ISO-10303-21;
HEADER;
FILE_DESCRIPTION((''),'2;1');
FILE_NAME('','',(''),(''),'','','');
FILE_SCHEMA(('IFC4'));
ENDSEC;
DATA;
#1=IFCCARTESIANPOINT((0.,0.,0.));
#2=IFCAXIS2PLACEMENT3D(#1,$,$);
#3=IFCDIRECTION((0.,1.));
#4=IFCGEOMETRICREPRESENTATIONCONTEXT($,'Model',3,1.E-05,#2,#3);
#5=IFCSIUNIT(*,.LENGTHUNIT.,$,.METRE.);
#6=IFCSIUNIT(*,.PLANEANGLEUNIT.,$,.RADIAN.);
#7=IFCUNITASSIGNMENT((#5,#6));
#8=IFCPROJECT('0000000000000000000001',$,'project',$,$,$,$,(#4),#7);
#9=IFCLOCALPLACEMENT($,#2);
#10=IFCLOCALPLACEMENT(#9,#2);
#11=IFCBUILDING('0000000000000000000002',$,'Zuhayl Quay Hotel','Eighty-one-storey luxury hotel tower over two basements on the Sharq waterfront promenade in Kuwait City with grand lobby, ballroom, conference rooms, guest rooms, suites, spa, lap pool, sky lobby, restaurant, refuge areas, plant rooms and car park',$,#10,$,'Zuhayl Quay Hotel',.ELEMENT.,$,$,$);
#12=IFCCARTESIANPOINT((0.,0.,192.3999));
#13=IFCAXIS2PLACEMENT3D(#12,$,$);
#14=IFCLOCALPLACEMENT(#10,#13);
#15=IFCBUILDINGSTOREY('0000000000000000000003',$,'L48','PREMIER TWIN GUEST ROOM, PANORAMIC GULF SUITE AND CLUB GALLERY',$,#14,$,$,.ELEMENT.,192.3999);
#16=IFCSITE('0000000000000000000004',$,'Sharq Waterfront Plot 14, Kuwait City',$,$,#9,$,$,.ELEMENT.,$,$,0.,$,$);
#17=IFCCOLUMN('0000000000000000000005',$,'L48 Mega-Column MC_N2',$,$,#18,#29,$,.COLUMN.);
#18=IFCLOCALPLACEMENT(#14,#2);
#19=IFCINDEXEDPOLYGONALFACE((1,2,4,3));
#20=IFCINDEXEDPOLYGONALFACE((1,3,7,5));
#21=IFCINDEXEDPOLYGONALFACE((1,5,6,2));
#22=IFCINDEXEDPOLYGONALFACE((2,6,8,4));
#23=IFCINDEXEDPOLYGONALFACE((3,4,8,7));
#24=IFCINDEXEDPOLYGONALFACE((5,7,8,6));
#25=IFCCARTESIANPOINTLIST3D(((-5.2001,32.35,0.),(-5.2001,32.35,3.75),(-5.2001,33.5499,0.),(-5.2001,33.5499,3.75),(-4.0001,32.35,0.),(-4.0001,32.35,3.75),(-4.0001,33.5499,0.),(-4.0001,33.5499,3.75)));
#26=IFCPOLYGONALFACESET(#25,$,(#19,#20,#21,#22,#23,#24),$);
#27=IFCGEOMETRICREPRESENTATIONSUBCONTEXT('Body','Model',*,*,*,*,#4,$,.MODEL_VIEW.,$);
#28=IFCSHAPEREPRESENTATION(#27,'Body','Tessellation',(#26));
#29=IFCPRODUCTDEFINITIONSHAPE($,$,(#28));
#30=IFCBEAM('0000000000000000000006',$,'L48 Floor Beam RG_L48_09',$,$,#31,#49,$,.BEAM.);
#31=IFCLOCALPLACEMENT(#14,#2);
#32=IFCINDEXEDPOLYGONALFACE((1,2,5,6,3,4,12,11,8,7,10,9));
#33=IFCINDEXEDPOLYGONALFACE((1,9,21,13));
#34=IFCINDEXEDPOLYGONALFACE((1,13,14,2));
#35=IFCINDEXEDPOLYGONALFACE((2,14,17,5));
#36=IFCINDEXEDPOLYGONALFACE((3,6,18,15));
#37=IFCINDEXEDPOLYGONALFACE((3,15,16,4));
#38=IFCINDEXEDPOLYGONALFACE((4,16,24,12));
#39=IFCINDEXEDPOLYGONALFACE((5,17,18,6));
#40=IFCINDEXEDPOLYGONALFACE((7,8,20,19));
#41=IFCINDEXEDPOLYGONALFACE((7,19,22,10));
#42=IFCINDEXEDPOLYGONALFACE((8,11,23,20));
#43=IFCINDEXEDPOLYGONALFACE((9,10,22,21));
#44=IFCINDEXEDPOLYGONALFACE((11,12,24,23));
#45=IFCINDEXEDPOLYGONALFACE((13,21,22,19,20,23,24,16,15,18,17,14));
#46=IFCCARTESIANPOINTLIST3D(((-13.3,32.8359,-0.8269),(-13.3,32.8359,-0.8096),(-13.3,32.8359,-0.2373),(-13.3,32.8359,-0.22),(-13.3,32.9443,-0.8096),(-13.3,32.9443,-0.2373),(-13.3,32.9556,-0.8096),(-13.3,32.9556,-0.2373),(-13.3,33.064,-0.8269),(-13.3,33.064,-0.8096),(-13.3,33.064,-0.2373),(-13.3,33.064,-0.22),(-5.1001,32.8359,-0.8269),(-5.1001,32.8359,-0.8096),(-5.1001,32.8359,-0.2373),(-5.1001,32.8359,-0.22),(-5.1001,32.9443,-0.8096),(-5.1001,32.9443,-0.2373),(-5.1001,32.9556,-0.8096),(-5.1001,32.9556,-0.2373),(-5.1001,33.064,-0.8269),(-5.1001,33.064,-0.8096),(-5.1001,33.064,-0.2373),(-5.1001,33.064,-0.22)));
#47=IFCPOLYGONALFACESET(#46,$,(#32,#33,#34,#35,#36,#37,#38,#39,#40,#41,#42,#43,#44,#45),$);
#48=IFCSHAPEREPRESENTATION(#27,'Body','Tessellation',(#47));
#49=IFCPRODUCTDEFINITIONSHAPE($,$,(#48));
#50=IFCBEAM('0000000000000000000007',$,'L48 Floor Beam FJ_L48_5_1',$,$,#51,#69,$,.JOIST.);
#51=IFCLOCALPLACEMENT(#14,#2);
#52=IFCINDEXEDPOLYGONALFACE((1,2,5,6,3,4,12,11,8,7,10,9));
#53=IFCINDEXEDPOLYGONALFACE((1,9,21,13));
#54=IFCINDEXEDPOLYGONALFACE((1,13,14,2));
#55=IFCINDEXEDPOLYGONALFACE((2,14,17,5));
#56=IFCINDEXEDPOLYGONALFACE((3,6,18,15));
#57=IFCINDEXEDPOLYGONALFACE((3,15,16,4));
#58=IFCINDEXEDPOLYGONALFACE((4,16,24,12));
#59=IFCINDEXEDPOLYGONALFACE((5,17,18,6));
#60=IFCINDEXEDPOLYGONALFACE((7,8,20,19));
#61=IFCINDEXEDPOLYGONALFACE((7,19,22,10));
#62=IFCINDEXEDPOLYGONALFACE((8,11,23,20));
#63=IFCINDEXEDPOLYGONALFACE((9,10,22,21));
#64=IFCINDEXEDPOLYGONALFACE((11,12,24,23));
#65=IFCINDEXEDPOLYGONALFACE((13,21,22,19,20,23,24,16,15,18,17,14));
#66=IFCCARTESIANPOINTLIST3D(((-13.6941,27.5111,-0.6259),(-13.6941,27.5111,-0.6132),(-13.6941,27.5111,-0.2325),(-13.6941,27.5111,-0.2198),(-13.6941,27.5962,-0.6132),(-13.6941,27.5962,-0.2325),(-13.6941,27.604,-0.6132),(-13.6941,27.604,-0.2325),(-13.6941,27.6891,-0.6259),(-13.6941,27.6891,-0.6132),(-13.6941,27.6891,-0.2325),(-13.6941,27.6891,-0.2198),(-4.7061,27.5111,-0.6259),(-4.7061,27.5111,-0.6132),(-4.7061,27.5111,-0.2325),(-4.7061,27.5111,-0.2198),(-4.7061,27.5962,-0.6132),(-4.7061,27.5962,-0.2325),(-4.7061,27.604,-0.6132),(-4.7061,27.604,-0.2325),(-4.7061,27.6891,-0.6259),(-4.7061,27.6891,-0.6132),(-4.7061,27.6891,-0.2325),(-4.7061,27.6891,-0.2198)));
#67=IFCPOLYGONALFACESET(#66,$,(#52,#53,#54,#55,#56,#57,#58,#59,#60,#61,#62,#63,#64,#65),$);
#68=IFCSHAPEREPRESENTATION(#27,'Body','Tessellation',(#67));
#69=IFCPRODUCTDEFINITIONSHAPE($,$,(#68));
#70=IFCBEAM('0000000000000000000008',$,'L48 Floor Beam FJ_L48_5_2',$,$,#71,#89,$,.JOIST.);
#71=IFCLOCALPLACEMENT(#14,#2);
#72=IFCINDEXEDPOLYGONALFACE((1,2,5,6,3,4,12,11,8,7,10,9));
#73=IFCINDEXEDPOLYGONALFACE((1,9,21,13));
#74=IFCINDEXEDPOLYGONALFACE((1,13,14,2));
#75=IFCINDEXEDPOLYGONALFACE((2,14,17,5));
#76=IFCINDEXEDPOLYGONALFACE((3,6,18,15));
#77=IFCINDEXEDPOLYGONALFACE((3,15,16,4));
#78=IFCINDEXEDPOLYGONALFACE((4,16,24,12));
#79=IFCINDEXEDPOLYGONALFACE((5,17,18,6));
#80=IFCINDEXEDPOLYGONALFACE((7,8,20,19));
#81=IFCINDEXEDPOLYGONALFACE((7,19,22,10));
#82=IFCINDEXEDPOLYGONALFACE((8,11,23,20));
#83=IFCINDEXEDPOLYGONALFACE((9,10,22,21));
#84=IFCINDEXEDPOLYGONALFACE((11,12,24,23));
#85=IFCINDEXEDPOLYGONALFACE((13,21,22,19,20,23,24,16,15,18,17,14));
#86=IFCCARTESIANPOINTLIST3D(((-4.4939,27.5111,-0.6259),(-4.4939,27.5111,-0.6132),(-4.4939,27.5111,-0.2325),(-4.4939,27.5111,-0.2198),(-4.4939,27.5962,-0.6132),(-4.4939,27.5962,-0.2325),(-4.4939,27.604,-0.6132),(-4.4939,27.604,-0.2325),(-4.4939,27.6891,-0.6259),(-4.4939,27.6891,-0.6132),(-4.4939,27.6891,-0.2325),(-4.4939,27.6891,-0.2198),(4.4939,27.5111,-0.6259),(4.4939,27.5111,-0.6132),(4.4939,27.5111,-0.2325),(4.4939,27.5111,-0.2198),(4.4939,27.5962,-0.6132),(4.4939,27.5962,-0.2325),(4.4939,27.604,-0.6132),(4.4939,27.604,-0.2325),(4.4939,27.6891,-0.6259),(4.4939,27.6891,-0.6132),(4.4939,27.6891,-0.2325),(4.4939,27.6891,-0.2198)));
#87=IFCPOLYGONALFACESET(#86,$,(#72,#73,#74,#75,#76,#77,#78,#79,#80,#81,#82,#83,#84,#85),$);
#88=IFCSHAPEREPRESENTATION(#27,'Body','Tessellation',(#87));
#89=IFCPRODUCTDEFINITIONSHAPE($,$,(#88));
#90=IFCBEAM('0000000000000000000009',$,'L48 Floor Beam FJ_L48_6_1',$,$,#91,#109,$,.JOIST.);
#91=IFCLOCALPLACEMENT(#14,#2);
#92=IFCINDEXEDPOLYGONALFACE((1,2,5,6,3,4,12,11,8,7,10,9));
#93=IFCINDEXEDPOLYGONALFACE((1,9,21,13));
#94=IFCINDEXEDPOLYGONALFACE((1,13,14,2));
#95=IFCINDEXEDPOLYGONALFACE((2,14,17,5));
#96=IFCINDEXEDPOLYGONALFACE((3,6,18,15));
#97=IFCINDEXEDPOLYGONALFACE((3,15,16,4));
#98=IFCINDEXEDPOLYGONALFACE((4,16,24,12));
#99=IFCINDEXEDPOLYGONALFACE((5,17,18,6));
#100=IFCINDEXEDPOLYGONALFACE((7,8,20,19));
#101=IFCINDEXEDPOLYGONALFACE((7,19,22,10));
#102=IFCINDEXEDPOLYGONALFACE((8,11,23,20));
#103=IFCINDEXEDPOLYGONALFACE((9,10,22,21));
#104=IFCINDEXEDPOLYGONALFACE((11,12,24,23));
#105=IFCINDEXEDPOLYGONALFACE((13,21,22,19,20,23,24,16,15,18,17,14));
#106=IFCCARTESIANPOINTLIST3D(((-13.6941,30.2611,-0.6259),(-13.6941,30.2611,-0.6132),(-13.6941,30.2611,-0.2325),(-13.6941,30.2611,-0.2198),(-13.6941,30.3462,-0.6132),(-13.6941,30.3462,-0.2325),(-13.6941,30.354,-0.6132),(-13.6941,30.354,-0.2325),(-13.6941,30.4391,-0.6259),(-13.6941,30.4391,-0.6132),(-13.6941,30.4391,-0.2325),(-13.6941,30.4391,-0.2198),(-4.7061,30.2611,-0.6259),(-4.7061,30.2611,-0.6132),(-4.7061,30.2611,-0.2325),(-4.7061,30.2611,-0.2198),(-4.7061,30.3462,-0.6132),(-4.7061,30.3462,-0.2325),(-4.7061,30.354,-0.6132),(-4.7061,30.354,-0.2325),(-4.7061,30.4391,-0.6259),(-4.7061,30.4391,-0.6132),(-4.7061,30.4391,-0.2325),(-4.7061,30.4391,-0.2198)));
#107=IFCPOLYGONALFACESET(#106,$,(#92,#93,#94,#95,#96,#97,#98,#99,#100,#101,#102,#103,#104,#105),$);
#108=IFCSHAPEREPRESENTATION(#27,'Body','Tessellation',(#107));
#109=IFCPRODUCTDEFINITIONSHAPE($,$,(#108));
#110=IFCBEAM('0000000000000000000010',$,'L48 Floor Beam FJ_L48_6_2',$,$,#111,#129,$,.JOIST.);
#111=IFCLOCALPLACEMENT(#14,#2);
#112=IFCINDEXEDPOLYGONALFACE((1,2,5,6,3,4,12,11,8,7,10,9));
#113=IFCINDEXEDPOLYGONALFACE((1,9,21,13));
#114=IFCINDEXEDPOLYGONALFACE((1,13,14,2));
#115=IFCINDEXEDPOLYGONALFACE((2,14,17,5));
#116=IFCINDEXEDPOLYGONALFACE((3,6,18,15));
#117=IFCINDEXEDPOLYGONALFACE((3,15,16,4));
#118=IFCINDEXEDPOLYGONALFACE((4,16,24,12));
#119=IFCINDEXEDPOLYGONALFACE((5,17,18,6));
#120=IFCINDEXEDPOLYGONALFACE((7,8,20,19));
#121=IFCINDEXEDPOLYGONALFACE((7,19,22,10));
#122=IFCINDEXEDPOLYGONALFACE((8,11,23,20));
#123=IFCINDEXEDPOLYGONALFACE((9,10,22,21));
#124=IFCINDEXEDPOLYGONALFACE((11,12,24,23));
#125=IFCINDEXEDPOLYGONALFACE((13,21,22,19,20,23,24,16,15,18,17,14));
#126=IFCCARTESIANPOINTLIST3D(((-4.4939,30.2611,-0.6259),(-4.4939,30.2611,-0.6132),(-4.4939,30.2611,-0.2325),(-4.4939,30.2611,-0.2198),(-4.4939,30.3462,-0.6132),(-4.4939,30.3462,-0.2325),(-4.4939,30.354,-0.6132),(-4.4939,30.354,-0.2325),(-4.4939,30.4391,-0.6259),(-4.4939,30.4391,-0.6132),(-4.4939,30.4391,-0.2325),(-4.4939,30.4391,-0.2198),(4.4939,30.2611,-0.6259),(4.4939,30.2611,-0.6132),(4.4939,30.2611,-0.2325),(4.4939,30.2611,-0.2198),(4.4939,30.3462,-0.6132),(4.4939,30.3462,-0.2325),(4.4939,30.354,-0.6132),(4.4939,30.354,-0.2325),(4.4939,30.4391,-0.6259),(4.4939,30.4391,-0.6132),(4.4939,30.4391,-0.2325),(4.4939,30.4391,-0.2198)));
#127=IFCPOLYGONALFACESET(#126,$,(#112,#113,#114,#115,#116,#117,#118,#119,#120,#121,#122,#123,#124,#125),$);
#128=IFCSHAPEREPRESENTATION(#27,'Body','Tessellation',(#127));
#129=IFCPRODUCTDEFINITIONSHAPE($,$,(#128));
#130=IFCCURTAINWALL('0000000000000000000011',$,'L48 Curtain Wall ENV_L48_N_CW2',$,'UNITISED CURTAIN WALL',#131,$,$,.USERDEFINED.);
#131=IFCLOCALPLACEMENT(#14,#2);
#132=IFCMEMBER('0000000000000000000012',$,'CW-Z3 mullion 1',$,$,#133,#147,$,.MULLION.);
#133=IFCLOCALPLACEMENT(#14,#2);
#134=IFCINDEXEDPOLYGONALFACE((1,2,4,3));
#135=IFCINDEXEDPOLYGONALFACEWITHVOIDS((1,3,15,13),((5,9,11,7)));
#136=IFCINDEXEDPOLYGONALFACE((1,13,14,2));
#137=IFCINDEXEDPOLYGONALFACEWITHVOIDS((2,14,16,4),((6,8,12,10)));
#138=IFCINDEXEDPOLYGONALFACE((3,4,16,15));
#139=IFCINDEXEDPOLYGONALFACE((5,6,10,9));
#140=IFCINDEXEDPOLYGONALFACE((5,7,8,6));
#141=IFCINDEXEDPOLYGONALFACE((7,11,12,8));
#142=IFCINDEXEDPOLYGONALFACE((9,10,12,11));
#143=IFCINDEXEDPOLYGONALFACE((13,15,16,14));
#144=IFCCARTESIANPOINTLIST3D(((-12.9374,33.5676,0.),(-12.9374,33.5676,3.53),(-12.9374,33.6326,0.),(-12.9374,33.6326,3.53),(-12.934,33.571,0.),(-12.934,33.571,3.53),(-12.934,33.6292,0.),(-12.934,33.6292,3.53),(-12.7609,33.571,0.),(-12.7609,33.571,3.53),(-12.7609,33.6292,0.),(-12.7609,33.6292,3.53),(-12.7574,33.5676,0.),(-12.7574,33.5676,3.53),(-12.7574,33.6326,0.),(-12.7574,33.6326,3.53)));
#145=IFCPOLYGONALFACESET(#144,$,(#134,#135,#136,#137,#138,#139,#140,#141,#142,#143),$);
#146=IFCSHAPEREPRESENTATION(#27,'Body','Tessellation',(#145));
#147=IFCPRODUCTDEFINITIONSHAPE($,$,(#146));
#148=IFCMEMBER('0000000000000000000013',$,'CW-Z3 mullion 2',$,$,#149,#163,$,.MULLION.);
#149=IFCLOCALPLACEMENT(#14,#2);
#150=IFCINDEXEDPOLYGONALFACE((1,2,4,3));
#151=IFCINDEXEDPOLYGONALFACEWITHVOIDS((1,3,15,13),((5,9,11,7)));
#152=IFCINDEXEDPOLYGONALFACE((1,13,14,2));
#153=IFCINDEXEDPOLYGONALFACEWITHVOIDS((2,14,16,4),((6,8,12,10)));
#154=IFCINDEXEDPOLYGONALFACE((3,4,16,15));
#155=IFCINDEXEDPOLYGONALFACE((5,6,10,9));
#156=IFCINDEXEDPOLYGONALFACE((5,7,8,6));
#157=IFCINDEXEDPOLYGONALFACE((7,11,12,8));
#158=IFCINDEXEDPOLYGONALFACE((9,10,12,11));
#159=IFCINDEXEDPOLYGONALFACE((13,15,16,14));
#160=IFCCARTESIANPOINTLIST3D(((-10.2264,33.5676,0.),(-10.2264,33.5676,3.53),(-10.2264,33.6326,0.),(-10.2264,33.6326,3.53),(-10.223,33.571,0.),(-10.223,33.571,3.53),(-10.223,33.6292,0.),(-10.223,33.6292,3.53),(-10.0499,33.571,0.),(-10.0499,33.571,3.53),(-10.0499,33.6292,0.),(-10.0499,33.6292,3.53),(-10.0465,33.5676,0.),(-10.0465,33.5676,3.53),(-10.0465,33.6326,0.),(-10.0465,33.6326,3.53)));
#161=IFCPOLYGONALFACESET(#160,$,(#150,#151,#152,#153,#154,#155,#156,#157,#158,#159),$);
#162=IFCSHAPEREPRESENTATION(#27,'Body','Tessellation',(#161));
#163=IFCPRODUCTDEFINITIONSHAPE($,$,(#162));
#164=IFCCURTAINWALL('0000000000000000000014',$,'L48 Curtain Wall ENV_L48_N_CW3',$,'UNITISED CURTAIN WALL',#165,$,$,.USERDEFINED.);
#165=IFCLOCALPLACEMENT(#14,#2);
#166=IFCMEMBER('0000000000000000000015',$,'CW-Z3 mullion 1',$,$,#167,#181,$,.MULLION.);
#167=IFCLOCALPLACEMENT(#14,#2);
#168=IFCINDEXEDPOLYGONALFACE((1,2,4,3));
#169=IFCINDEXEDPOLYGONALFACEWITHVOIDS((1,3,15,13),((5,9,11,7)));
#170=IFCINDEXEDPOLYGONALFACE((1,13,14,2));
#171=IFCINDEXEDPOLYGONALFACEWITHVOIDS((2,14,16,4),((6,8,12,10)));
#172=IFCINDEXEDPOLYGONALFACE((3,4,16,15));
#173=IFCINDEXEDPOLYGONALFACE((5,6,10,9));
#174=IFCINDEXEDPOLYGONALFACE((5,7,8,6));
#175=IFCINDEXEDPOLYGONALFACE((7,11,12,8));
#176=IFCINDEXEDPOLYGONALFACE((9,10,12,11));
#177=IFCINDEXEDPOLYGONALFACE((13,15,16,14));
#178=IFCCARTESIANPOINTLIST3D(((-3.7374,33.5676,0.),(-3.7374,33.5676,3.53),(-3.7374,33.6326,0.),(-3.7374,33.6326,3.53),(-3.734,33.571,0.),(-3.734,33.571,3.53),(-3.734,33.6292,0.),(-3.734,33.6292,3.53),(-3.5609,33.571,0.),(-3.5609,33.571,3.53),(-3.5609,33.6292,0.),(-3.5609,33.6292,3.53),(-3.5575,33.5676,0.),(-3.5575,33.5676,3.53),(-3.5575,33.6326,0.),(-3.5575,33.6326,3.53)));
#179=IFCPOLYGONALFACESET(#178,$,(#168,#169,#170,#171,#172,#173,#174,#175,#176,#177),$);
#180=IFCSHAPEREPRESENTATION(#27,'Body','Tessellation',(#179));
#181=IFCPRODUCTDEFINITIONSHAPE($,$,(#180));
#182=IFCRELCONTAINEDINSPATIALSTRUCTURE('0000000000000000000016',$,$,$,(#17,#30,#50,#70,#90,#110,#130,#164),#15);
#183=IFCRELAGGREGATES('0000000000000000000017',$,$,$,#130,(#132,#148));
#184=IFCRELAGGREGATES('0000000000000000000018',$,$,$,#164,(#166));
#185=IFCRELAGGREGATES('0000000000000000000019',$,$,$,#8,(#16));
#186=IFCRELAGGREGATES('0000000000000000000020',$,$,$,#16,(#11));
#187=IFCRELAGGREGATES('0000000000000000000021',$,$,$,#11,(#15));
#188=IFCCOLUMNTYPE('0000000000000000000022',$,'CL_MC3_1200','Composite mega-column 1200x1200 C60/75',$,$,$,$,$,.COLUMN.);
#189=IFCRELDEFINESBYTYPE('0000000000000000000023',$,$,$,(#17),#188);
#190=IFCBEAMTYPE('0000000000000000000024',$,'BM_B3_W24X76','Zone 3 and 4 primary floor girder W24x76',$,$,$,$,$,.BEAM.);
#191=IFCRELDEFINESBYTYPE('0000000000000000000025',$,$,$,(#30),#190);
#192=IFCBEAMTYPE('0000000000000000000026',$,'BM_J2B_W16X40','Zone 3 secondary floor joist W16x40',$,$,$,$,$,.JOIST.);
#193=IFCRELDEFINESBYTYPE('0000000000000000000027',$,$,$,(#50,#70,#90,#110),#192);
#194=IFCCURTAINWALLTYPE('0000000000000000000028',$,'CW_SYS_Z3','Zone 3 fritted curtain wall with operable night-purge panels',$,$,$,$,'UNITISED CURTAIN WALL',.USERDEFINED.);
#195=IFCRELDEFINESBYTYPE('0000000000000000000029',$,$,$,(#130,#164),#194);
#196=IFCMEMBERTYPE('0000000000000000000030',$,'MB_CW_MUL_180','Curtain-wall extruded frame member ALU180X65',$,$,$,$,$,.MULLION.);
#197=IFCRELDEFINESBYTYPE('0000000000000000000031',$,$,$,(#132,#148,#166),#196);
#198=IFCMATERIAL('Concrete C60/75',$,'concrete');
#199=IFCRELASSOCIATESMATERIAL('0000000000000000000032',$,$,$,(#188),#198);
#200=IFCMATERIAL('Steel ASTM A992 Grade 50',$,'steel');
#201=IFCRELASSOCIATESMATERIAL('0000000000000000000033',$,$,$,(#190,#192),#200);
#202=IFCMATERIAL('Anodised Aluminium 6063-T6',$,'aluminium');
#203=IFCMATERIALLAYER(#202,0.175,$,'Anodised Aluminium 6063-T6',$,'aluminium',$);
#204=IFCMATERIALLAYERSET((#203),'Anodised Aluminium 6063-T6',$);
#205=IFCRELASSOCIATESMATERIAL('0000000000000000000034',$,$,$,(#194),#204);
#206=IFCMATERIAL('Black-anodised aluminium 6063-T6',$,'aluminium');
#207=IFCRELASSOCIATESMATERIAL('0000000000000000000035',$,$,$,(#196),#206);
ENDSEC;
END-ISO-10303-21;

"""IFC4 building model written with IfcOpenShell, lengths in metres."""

from ifc_helpers import new_model, si_unit, direction, frame, origin, origin_2d, place, context, subcontext, project, spatial, rectangle, hollow_rectangle, i_section, extrude, material, layer, layer_set, material_profile, profile_set, type_object, element, aggregate, save


model = new_model("IFC4")

# Units and contexts
model_context = context("Model", 3, precision=1e-05, world=origin(), true_north=direction((0.0, 1.0)))
body_context = subcontext(model_context, "Body", "Model", "MODEL_VIEW")
ifc_project = project(units=[si_unit("LENGTHUNIT", "METRE"), si_unit("PLANEANGLEUNIT", "RADIAN")], contexts=[model_context])

# Site, building, storey
site_placement = place(None, origin())
site = spatial("IfcSite", under=ifc_project, at=site_placement, Name="Sharq Waterfront Plot 14, Kuwait City", CompositionType="ELEMENT", RefElevation=0.0)
building_placement = place(site_placement, origin())
building = spatial("IfcBuilding", under=site, at=building_placement, Name="Zuhayl Quay Hotel", Description="Eighty-one-storey luxury hotel tower over two basements on the Sharq waterfront promenade in Kuwait City with grand lobby, ballroom, conference rooms, guest rooms, suites, spa, lap pool, sky lobby, restaurant, refuge areas, plant rooms and car park", LongName="Zuhayl Quay Hotel", CompositionType="ELEMENT")
storey_placement = place(building_placement, frame((0.0, 0.0, 192.3999)))
storey = spatial("IfcBuildingStorey", under=building, at=storey_placement, Name="L48", Description="PREMIER TWIN GUEST ROOM, PANORAMIC GULF SUITE AND CLUB GALLERY", CompositionType="ELEMENT", Elevation=192.3999)

# Column
ifc_material_1 = material(Name="Concrete C60/75", Category="concrete")
ifc_material_profile_1 = material_profile(ifc_material_1, rectangle(XDim=1.2, YDim=1.2, at=origin_2d()), Name="RC1200X1200")
ifc_profile_set_1 = profile_set([ifc_material_profile_1], Name="Concrete C60/75")
column_type = type_object("IfcColumnType", Name="CL_MC3_1200", Description="Composite mega-column 1200x1200 C60/75", PredefinedType="COLUMN", material=ifc_profile_set_1)
column_placement = place(storey_placement, frame((-4.6001, 32.95, 0.0), z_axis=(0.0, 0.0, 1.0), x_axis=(1.0, 0.0, 0.0)))
element("IfcColumn", 1, at=column_placement, inside=storey, type_object=column_type, Name="L48 Mega-Column MC_N2", PredefinedType="COLUMN", context=body_context, shape_type="SweptSolid", body=[
    extrude(rectangle(XDim=1.2, YDim=1.2, at=origin_2d()), origin(), (0.0, 0.0, 1.0), 3.75),
])

# Beams
ifc_material_2 = material(Name="Steel ASTM A992 Grade 50", Category="steel")
ifc_material_profile_2 = material_profile(ifc_material_2, i_section(OverallWidth=0.228, OverallDepth=0.6069, WebThickness=0.0112, FlangeThickness=0.0173, at=origin_2d()), Name="W24X76")
ifc_profile_set_2 = profile_set([ifc_material_profile_2], Name="Steel ASTM A992 Grade 50")
beam_type_1 = type_object("IfcBeamType", Name="BM_B3_W24X76", Description="Zone 3 and 4 primary floor girder W24x76", PredefinedType="BEAM", material=ifc_profile_set_2)
beam_1_placement = place(storey_placement, frame((-5.1001, 32.95, -0.5234), z_axis=(-1.0, 0.0, 0.0), x_axis=(0.0, -1.0, 0.0)))
element("IfcBeam", 2, at=beam_1_placement, inside=storey, type_object=beam_type_1, Name="L48 Floor Beam RG_L48_09", PredefinedType="BEAM", context=body_context, shape_type="SweptSolid", body=[
    extrude(i_section(OverallWidth=0.228, OverallDepth=0.6069, WebThickness=0.0112, FlangeThickness=0.0173, at=origin_2d()), origin(), (0.0, 0.0, 1.0), 8.2),
])
ifc_material_profile_3 = material_profile(ifc_material_2, i_section(OverallWidth=0.178, OverallDepth=0.406, WebThickness=0.0078, FlangeThickness=0.0127, at=origin_2d()), Name="W16X40")
ifc_profile_set_3 = profile_set([ifc_material_profile_3], Name="Steel ASTM A992 Grade 50")
beam_type_2 = type_object("IfcBeamType", Name="BM_J2B_W16X40", Description="Zone 3 secondary floor joist W16x40", PredefinedType="JOIST", material=ifc_profile_set_3)
beam_2_placement = place(storey_placement, frame((-13.6941, 27.6001, -0.4229), z_axis=(1.0, 0.0, 0.0), x_axis=(0.0, 1.0, 0.0)))
element("IfcBeam", 3, at=beam_2_placement, inside=storey, type_object=beam_type_2, Name="L48 Floor Beam FJ_L48_5_1", PredefinedType="JOIST", context=body_context, shape_type="SweptSolid", body=[
    extrude(i_section(OverallWidth=0.178, OverallDepth=0.406, WebThickness=0.0078, FlangeThickness=0.0127, at=origin_2d()), origin(), (0.0, 0.0, 1.0), 8.988),
])
beam_3_placement = place(storey_placement, frame((-4.4939, 27.6001, -0.4229), z_axis=(1.0, 0.0, 0.0), x_axis=(0.0, 1.0, 0.0)))
element("IfcBeam", 4, at=beam_3_placement, inside=storey, type_object=beam_type_2, Name="L48 Floor Beam FJ_L48_5_2", PredefinedType="JOIST", context=body_context, shape_type="SweptSolid", body=[
    extrude(i_section(OverallWidth=0.178, OverallDepth=0.406, WebThickness=0.0078, FlangeThickness=0.0127, at=origin_2d()), origin(), (0.0, 0.0, 1.0), 8.9878),
])
beam_4_placement = place(storey_placement, frame((-13.6941, 30.3501, -0.4229), z_axis=(1.0, 0.0, 0.0), x_axis=(0.0, 1.0, 0.0)))
element("IfcBeam", 5, at=beam_4_placement, inside=storey, type_object=beam_type_2, Name="L48 Floor Beam FJ_L48_6_1", PredefinedType="JOIST", context=body_context, shape_type="SweptSolid", body=[
    extrude(i_section(OverallWidth=0.178, OverallDepth=0.406, WebThickness=0.0078, FlangeThickness=0.0127, at=origin_2d()), origin(), (0.0, 0.0, 1.0), 8.988),
])
beam_5_placement = place(storey_placement, frame((-4.4939, 30.3501, -0.4229), z_axis=(1.0, 0.0, 0.0), x_axis=(0.0, 1.0, 0.0)))
element("IfcBeam", 6, at=beam_5_placement, inside=storey, type_object=beam_type_2, Name="L48 Floor Beam FJ_L48_6_2", PredefinedType="JOIST", context=body_context, shape_type="SweptSolid", body=[
    extrude(i_section(OverallWidth=0.178, OverallDepth=0.406, WebThickness=0.0078, FlangeThickness=0.0127, at=origin_2d()), origin(), (0.0, 0.0, 1.0), 8.9878),
])

# Curtain walls, members
ifc_material_3 = material(Name="Anodised Aluminium 6063-T6", Category="aluminium")
ifc_layer_1 = layer(ifc_material_3, 0.175, Name="Anodised Aluminium 6063-T6", Category="aluminium")
ifc_layer_set_1 = layer_set([ifc_layer_1], Name="Anodised Aluminium 6063-T6")
curtain_wall_type = type_object("IfcCurtainWallType", Name="CW_SYS_Z3", Description="Zone 3 fritted curtain wall with operable night-purge panels", ElementType="UNITISED CURTAIN WALL", PredefinedType="USERDEFINED", material=ifc_layer_set_1)
curtain_wall_1_placement = place(storey_placement, origin())
curtain_wall_1 = element("IfcCurtainWall", 7, at=curtain_wall_1_placement, inside=storey, type_object=curtain_wall_type, Name="L48 Curtain Wall ENV_L48_N_CW2", ObjectType="UNITISED CURTAIN WALL", PredefinedType="USERDEFINED")
ifc_material_4 = material(Name="Black-anodised aluminium 6063-T6", Category="aluminium")
ifc_material_profile_4 = material_profile(ifc_material_4, hollow_rectangle(XDim=0.0649, YDim=0.1799, WallThickness=0.0034, at=origin_2d()), Name="ALU180X65")
ifc_profile_set_4 = profile_set([ifc_material_profile_4], Name="Black-anodised aluminium 6063-T6")
member_type_1 = type_object("IfcMemberType", Name="MB_CW_MUL_180", Description="Curtain-wall extruded frame member ALU180X65", PredefinedType="MULLION", material=ifc_profile_set_4)
member_1_placement = place(storey_placement, frame((-12.8474, 33.6001, 0.0), z_axis=(0.0, 0.0, 1.0), x_axis=(0.0, 1.0, 0.0)))
member_1 = element("IfcMember", 8, at=member_1_placement, type_object=member_type_1, Name="CW-Z3 mullion 1", PredefinedType="MULLION", context=body_context, shape_type="SweptSolid", body=[
    extrude(hollow_rectangle(XDim=0.0649, YDim=0.1799, WallThickness=0.0034, at=origin_2d()), origin(), (0.0, 0.0, 1.0), 3.53),
])
member_2_placement = place(storey_placement, frame((-10.1365, 33.6001, 0.0), z_axis=(0.0, 0.0, 1.0), x_axis=(0.0, 1.0, 0.0)))
member_2 = element("IfcMember", 9, at=member_2_placement, type_object=member_type_1, Name="CW-Z3 mullion 2", PredefinedType="MULLION", context=body_context, shape_type="SweptSolid", body=[
    extrude(hollow_rectangle(XDim=0.0649, YDim=0.1799, WallThickness=0.0034, at=origin_2d()), origin(), (0.0, 0.0, 1.0), 3.53),
])
curtain_wall_2_placement = place(storey_placement, origin())
curtain_wall_2 = element("IfcCurtainWall", 10, at=curtain_wall_2_placement, inside=storey, type_object=curtain_wall_type, Name="L48 Curtain Wall ENV_L48_N_CW3", ObjectType="UNITISED CURTAIN WALL", PredefinedType="USERDEFINED")
member_3_placement = place(storey_placement, frame((-3.6475, 33.6001, 0.0), z_axis=(0.0, 0.0, 1.0), x_axis=(0.0, 1.0, 0.0)))
member_3 = element("IfcMember", 11, at=member_3_placement, type_object=member_type_1, Name="CW-Z3 mullion 1", PredefinedType="MULLION", context=body_context, shape_type="SweptSolid", body=[
    extrude(hollow_rectangle(XDim=0.0649, YDim=0.1799, WallThickness=0.0034, at=origin_2d()), origin(), (0.0, 0.0, 1.0), 3.53),
])

aggregate(curtain_wall_1, [member_1, member_2])
aggregate(curtain_wall_2, [member_3])

save(model, "model.ifc")
